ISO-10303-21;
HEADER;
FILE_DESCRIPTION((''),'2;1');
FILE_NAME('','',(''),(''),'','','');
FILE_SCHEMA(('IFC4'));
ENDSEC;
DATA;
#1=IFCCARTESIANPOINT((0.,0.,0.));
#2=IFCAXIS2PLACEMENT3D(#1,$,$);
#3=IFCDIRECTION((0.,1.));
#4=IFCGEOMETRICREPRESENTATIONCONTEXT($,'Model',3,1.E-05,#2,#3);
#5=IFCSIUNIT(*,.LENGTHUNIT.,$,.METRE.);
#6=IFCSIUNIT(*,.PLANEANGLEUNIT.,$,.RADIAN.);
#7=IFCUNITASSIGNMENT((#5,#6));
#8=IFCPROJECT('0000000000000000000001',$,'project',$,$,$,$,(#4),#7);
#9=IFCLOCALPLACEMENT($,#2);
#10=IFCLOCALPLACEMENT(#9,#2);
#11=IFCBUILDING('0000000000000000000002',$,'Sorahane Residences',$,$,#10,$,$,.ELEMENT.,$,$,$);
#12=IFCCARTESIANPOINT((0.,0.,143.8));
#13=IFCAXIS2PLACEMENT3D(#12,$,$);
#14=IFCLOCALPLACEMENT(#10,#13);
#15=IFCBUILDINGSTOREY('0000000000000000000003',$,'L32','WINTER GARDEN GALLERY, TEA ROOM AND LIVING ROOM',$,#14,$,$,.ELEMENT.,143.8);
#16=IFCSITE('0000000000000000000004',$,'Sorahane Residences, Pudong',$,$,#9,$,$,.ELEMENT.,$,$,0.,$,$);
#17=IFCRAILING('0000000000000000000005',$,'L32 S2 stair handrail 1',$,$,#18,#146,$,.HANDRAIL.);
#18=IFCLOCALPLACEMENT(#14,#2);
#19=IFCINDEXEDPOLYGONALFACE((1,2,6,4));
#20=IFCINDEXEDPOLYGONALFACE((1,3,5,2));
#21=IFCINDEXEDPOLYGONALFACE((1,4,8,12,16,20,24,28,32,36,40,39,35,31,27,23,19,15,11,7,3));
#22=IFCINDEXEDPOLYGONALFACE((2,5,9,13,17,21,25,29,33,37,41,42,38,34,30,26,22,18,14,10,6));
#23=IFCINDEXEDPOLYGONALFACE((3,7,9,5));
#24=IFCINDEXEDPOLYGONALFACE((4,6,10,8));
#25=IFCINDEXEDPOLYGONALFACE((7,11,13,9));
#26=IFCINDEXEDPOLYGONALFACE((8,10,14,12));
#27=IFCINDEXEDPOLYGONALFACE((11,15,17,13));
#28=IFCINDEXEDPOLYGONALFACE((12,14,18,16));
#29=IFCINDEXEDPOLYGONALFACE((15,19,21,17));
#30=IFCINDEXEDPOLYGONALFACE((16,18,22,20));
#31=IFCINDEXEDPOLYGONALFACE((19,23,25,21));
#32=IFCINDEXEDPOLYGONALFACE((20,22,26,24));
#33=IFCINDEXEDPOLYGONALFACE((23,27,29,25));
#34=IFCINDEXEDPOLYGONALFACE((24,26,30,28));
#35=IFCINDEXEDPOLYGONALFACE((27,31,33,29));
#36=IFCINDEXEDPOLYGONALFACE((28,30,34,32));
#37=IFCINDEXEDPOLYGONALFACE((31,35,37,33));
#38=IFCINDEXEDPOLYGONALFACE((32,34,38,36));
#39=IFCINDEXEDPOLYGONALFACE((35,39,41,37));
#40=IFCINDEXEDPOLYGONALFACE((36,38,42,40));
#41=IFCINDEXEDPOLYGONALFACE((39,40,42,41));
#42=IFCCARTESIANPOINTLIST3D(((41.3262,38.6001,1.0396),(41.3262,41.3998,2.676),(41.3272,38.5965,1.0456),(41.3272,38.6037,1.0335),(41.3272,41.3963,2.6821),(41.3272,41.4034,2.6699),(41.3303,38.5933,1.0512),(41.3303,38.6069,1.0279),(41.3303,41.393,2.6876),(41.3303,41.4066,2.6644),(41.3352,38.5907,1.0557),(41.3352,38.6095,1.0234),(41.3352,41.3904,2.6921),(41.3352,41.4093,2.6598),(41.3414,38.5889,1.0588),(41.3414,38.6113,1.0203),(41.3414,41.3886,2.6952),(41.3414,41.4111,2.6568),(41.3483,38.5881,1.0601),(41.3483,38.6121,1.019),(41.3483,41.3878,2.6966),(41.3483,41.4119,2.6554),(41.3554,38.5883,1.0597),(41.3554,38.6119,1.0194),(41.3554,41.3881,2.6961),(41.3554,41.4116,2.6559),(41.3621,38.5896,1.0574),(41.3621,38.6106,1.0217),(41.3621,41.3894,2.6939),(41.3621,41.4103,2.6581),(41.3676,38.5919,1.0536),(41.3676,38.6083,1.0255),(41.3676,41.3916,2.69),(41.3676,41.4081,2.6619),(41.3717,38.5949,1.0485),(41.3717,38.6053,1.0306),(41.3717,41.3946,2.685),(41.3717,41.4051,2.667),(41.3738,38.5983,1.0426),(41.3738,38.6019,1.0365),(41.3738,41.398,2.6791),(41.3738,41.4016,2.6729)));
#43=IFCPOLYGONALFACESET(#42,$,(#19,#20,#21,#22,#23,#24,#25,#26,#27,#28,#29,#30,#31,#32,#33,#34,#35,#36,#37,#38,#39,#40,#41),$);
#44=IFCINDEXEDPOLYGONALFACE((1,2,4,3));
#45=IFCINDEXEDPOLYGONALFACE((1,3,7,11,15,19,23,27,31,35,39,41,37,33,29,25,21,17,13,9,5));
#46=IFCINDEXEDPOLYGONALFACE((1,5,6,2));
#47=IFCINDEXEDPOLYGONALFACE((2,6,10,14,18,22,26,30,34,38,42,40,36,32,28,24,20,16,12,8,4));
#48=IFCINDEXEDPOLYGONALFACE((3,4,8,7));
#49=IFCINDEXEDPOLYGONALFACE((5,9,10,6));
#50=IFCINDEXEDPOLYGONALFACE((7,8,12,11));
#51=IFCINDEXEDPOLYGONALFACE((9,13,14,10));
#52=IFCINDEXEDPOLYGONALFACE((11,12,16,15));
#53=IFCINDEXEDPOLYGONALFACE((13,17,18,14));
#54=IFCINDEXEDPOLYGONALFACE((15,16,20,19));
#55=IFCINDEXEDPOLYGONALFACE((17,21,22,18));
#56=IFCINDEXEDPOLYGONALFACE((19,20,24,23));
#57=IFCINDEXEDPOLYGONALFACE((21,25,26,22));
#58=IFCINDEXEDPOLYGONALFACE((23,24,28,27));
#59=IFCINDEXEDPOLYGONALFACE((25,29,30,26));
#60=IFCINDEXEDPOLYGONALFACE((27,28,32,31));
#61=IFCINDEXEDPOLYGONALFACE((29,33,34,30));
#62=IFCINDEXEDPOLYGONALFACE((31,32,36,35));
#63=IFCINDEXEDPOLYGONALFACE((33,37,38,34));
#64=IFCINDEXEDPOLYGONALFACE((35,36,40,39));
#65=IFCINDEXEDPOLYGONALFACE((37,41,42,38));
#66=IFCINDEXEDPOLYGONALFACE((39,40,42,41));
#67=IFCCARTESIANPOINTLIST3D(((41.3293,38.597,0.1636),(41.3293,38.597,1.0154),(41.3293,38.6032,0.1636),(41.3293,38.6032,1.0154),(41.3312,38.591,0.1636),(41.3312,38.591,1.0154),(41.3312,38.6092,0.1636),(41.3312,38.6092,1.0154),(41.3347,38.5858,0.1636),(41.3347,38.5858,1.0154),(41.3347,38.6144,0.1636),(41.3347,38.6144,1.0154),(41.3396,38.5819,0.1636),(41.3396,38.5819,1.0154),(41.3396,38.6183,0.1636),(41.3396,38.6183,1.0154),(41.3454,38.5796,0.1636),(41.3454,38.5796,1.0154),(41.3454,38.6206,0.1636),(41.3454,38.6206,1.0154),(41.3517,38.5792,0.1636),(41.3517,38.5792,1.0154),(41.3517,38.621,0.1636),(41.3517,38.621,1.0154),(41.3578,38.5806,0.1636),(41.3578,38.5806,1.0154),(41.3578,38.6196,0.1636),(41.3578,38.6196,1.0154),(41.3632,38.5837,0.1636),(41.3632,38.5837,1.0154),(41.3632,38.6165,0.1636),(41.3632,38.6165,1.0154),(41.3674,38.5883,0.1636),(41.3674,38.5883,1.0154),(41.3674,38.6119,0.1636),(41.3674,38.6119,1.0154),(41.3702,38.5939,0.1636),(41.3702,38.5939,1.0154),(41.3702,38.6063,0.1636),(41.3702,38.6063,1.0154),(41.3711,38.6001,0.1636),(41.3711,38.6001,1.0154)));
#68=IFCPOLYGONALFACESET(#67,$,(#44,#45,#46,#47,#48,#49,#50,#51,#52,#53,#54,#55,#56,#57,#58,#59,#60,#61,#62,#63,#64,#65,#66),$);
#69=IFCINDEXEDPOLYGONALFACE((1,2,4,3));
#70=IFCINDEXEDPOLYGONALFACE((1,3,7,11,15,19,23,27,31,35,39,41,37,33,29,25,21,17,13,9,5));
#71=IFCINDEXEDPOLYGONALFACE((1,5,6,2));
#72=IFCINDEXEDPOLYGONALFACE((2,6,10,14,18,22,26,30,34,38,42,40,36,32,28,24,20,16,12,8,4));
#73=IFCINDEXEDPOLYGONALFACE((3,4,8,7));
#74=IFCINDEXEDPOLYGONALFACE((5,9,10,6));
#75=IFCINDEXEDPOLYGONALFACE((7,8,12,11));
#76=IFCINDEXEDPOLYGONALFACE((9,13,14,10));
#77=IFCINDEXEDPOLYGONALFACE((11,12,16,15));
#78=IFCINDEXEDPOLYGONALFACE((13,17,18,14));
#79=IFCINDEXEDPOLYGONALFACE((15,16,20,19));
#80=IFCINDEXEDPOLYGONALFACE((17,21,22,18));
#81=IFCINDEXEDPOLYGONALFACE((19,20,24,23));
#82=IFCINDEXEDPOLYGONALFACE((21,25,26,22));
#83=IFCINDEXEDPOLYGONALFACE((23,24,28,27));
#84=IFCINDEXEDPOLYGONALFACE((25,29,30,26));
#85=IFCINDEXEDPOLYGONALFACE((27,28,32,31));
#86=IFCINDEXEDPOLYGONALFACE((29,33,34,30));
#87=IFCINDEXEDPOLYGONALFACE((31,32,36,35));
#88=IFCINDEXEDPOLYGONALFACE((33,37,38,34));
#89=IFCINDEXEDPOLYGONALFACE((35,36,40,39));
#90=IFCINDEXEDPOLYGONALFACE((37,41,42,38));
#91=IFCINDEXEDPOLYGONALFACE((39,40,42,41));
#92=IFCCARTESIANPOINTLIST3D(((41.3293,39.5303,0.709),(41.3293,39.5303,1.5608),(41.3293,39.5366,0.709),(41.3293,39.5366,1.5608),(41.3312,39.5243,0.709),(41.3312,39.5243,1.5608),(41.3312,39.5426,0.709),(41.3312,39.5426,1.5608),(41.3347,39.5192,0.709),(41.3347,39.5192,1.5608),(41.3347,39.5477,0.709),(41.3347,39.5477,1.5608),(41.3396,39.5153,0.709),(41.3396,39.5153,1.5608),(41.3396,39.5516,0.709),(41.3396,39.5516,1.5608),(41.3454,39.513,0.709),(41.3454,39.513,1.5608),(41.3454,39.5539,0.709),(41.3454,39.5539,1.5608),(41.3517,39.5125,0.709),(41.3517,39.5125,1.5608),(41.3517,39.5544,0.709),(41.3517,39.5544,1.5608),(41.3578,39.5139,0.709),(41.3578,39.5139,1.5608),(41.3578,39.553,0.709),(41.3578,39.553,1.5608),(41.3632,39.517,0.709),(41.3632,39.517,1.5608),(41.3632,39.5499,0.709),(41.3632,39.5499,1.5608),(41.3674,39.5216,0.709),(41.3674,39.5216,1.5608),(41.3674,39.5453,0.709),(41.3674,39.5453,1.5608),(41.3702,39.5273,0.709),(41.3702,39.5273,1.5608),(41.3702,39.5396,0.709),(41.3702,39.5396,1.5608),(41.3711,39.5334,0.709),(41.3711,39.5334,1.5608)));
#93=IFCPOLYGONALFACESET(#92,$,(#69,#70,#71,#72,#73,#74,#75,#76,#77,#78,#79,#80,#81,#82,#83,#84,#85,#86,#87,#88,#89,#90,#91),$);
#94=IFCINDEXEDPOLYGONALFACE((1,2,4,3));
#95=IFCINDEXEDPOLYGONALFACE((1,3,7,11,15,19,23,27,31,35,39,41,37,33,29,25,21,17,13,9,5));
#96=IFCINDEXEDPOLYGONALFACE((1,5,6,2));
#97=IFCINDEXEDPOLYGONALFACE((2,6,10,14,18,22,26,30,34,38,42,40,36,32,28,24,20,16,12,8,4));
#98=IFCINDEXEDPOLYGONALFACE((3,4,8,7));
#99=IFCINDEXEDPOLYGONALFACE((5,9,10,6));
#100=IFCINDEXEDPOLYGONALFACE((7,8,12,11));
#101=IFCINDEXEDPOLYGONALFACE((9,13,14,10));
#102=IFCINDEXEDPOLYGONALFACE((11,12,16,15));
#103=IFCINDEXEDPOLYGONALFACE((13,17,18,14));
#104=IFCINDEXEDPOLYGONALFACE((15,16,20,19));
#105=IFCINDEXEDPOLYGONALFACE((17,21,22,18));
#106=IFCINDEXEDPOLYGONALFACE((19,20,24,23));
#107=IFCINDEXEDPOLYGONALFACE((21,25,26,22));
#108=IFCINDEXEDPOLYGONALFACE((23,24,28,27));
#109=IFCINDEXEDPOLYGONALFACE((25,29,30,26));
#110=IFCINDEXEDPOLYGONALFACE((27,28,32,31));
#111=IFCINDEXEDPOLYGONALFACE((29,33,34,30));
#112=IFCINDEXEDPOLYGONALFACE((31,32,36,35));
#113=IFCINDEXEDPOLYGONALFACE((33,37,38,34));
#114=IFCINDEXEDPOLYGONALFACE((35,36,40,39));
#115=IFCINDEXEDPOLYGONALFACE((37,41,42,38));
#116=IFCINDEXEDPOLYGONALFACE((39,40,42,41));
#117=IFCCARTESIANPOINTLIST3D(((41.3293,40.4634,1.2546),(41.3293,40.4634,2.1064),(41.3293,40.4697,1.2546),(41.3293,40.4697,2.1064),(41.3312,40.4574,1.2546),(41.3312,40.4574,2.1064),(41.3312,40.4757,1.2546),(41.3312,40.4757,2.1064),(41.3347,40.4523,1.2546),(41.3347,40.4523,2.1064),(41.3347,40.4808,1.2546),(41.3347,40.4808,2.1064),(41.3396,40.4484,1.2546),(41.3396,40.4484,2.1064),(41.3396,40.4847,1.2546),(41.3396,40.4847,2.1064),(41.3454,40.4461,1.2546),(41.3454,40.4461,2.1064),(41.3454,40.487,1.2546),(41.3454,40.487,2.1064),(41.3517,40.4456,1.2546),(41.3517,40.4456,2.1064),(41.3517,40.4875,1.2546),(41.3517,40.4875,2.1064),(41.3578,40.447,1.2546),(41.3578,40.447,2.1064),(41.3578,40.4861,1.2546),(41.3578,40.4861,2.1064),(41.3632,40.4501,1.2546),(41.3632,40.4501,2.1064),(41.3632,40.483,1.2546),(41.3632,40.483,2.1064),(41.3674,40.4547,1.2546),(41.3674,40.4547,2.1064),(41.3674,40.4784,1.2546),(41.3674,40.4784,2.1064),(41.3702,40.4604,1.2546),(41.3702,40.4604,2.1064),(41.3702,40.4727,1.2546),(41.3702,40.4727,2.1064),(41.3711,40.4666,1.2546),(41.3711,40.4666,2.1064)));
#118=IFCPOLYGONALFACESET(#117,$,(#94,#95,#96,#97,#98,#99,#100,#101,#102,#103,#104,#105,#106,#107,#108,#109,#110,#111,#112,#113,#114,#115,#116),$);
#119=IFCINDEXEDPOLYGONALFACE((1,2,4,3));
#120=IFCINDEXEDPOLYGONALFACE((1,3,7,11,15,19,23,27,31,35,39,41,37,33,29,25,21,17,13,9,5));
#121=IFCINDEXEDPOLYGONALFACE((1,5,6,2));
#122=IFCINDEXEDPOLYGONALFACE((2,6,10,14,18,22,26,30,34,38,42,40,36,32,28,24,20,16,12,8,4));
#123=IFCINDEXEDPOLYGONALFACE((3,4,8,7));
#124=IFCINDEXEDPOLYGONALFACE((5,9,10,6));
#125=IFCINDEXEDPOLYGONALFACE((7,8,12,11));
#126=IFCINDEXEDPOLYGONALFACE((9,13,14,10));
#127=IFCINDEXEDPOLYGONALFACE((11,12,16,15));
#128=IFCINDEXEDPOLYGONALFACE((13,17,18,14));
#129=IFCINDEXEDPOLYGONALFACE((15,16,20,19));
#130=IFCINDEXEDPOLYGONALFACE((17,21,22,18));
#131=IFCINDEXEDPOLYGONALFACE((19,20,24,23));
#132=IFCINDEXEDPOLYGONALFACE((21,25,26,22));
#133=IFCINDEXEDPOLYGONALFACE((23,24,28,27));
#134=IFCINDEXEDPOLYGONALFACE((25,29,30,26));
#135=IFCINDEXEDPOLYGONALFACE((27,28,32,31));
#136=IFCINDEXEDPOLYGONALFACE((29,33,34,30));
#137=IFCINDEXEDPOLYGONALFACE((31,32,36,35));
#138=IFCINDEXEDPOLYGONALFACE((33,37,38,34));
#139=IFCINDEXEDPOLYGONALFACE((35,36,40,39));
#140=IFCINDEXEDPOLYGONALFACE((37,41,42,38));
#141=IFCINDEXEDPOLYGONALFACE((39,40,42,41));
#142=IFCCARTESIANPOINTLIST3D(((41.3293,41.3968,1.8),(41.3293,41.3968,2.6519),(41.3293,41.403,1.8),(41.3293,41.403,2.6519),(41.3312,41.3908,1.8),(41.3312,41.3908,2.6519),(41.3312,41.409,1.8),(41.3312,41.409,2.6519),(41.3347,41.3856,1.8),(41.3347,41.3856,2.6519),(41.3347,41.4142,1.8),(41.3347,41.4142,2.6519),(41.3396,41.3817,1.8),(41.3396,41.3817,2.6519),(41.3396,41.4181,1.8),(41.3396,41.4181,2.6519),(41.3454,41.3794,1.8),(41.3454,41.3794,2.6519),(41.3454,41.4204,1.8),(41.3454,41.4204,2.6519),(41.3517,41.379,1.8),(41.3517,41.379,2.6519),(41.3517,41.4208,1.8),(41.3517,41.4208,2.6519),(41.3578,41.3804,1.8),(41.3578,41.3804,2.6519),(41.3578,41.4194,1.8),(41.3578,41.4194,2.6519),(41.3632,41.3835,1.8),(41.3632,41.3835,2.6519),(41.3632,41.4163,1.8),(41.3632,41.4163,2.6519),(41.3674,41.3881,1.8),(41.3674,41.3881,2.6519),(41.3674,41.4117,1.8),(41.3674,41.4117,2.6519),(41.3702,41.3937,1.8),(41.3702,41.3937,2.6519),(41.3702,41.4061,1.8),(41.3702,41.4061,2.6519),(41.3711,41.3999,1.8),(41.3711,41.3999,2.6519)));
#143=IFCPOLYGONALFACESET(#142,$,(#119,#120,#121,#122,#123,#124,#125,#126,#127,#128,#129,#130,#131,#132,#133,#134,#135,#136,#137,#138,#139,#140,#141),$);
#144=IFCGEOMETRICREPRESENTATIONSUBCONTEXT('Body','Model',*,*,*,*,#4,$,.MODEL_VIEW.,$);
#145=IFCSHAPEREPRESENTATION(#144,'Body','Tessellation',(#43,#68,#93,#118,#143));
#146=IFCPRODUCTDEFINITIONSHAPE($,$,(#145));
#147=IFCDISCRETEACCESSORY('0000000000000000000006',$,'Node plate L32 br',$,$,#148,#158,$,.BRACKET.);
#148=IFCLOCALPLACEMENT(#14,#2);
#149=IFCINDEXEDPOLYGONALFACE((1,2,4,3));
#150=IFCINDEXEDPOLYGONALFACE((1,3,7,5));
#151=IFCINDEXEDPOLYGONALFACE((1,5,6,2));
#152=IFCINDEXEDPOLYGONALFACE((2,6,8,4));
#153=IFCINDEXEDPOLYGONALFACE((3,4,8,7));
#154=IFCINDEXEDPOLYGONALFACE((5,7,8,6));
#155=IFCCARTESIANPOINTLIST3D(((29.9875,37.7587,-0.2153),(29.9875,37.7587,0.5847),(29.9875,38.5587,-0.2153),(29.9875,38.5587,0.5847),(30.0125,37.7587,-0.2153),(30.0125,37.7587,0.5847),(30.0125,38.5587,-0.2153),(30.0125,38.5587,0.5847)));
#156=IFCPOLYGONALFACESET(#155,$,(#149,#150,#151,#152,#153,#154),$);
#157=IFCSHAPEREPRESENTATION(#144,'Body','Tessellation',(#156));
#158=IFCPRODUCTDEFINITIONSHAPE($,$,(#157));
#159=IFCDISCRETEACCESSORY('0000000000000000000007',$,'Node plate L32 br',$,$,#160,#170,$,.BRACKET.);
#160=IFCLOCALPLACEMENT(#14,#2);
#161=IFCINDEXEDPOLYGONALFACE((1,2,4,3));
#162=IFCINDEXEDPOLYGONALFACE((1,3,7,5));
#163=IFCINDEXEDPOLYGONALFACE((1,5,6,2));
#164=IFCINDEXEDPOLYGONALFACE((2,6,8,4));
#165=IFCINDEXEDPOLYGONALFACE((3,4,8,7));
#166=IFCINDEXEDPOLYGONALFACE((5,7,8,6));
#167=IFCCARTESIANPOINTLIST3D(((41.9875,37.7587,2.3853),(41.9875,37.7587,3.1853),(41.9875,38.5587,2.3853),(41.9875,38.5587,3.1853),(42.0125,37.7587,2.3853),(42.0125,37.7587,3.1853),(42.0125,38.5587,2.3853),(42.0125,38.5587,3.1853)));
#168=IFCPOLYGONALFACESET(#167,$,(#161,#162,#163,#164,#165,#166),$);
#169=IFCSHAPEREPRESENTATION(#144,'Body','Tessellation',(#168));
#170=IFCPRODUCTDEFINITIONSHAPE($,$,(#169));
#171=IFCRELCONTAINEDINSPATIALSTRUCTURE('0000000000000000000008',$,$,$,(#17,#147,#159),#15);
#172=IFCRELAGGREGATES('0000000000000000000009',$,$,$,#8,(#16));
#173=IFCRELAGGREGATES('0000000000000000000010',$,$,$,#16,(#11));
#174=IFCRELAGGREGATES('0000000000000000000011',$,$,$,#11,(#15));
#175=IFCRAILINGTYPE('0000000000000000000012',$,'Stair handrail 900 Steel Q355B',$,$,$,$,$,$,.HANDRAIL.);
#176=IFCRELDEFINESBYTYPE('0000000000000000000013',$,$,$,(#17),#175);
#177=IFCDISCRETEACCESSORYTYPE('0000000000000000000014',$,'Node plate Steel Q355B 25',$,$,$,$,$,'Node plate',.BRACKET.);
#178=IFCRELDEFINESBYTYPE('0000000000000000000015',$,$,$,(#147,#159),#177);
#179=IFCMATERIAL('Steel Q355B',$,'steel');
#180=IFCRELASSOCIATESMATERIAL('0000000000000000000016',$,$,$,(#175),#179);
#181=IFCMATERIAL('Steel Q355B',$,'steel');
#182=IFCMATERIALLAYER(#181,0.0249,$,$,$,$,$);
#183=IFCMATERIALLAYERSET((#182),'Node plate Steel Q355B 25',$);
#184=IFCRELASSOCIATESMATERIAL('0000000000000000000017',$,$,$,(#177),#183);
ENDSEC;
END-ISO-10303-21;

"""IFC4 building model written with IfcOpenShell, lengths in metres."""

from ifc_helpers import new_model, si_unit, direction, frame, origin, origin_2d, place, context, subcontext, project, spatial, rectangle, circle, extrude, material, layer, layer_set, type_object, element, save


model = new_model("IFC4")

# Units and contexts
model_context = context("Model", 3, precision=1e-05, world=origin(), true_north=direction((0.0, 1.0)))
body_context = subcontext(model_context, "Body", "Model", "MODEL_VIEW")
ifc_project = project(units=[si_unit("LENGTHUNIT", "METRE"), si_unit("PLANEANGLEUNIT", "RADIAN")], contexts=[model_context])

# Site, building, storey
site_placement = place(None, origin())
site = spatial("IfcSite", under=ifc_project, at=site_placement, Name="Sorahane Residences, Pudong", CompositionType="ELEMENT", RefElevation=0.0)
building_placement = place(site_placement, origin())
building = spatial("IfcBuilding", under=site, at=building_placement, Name="Sorahane Residences", CompositionType="ELEMENT")
storey_placement = place(building_placement, frame((0.0, 0.0, 143.8)))
storey = spatial("IfcBuildingStorey", under=building, at=storey_placement, Name="L32", Description="WINTER GARDEN GALLERY, TEA ROOM AND LIVING ROOM", CompositionType="ELEMENT", Elevation=143.8)

# Railing
ifc_material_1 = material(Name="Steel Q355B", Category="steel")
railing_type_1 = type_object("IfcRailingType", Name="Stair handrail 900 Steel Q355B", PredefinedType="HANDRAIL", material=ifc_material_1)
railing_1_placement = place(storey_placement, frame((41.3501, 38.6001, 0.1636)))
element("IfcRailing", 1, at=railing_1_placement, inside=storey, type_object=railing_type_1, Name="L32 S2 stair handrail 1", PredefinedType="HANDRAIL", context=body_context, shape_type="SweptSolid", body=[
    extrude(circle(Radius=0.0239, at=origin_2d()), frame((0.0, 0.0, 0.876), z_axis=(0.0, 0.863342, 0.50462), x_axis=(-1.0, 0.0, 0.0)), (0.0, 0.0, 1.0), 3.2429),
    extrude(circle(Radius=0.021, at=origin_2d()), origin(), (0.0, 0.0, 1.0), 0.8518),
    extrude(circle(Radius=0.021, at=origin_2d()), frame((0.0, 0.9333, 0.5454)), (0.0, 0.0, 1.0), 0.8518),
    extrude(circle(Radius=0.021, at=origin_2d()), frame((0.0, 1.8665, 1.0911)), (0.0, 0.0, 1.0), 0.8518),
    extrude(circle(Radius=0.021, at=origin_2d()), frame((0.0, 2.7998, 1.6365)), (0.0, 0.0, 1.0), 0.8518),
])

# Discrete accessories
ifc_material_2 = material(Name="Steel Q355B", Category="steel")
ifc_layer_1 = layer(ifc_material_2, 0.0249)
ifc_layer_set_1 = layer_set([ifc_layer_1], Name="Node plate Steel Q355B 25")
discrete_accessory_type = type_object("IfcDiscreteAccessoryType", Name="Node plate Steel Q355B 25", ElementType="Node plate", PredefinedType="BRACKET", material=ifc_layer_set_1)
for number, where, z_axis, x_axis, name in (
    (2, (30.0, 38.1587, -0.2153), (0.0, 0.0, 1.0), (0.0, 1.0, 0.0), "Node plate L32 br"),
    (3, (42.0, 38.1587, 2.3853), (0.0, 0.0, 1.0), (0.0, 1.0, 0.0), "Node plate L32 br"),
):
    element("IfcDiscreteAccessory", number, at=place(storey_placement, frame(where, z_axis=z_axis, x_axis=x_axis)), inside=storey, type_object=discrete_accessory_type, Name=name, PredefinedType="BRACKET", context=body_context, shape_type="SweptSolid", body=[
        extrude(rectangle(XDim=0.8, YDim=0.0249, at=origin_2d()), origin(), (0.0, 0.0, 1.0), 0.8),
    ])

save(model, "model.ifc")
